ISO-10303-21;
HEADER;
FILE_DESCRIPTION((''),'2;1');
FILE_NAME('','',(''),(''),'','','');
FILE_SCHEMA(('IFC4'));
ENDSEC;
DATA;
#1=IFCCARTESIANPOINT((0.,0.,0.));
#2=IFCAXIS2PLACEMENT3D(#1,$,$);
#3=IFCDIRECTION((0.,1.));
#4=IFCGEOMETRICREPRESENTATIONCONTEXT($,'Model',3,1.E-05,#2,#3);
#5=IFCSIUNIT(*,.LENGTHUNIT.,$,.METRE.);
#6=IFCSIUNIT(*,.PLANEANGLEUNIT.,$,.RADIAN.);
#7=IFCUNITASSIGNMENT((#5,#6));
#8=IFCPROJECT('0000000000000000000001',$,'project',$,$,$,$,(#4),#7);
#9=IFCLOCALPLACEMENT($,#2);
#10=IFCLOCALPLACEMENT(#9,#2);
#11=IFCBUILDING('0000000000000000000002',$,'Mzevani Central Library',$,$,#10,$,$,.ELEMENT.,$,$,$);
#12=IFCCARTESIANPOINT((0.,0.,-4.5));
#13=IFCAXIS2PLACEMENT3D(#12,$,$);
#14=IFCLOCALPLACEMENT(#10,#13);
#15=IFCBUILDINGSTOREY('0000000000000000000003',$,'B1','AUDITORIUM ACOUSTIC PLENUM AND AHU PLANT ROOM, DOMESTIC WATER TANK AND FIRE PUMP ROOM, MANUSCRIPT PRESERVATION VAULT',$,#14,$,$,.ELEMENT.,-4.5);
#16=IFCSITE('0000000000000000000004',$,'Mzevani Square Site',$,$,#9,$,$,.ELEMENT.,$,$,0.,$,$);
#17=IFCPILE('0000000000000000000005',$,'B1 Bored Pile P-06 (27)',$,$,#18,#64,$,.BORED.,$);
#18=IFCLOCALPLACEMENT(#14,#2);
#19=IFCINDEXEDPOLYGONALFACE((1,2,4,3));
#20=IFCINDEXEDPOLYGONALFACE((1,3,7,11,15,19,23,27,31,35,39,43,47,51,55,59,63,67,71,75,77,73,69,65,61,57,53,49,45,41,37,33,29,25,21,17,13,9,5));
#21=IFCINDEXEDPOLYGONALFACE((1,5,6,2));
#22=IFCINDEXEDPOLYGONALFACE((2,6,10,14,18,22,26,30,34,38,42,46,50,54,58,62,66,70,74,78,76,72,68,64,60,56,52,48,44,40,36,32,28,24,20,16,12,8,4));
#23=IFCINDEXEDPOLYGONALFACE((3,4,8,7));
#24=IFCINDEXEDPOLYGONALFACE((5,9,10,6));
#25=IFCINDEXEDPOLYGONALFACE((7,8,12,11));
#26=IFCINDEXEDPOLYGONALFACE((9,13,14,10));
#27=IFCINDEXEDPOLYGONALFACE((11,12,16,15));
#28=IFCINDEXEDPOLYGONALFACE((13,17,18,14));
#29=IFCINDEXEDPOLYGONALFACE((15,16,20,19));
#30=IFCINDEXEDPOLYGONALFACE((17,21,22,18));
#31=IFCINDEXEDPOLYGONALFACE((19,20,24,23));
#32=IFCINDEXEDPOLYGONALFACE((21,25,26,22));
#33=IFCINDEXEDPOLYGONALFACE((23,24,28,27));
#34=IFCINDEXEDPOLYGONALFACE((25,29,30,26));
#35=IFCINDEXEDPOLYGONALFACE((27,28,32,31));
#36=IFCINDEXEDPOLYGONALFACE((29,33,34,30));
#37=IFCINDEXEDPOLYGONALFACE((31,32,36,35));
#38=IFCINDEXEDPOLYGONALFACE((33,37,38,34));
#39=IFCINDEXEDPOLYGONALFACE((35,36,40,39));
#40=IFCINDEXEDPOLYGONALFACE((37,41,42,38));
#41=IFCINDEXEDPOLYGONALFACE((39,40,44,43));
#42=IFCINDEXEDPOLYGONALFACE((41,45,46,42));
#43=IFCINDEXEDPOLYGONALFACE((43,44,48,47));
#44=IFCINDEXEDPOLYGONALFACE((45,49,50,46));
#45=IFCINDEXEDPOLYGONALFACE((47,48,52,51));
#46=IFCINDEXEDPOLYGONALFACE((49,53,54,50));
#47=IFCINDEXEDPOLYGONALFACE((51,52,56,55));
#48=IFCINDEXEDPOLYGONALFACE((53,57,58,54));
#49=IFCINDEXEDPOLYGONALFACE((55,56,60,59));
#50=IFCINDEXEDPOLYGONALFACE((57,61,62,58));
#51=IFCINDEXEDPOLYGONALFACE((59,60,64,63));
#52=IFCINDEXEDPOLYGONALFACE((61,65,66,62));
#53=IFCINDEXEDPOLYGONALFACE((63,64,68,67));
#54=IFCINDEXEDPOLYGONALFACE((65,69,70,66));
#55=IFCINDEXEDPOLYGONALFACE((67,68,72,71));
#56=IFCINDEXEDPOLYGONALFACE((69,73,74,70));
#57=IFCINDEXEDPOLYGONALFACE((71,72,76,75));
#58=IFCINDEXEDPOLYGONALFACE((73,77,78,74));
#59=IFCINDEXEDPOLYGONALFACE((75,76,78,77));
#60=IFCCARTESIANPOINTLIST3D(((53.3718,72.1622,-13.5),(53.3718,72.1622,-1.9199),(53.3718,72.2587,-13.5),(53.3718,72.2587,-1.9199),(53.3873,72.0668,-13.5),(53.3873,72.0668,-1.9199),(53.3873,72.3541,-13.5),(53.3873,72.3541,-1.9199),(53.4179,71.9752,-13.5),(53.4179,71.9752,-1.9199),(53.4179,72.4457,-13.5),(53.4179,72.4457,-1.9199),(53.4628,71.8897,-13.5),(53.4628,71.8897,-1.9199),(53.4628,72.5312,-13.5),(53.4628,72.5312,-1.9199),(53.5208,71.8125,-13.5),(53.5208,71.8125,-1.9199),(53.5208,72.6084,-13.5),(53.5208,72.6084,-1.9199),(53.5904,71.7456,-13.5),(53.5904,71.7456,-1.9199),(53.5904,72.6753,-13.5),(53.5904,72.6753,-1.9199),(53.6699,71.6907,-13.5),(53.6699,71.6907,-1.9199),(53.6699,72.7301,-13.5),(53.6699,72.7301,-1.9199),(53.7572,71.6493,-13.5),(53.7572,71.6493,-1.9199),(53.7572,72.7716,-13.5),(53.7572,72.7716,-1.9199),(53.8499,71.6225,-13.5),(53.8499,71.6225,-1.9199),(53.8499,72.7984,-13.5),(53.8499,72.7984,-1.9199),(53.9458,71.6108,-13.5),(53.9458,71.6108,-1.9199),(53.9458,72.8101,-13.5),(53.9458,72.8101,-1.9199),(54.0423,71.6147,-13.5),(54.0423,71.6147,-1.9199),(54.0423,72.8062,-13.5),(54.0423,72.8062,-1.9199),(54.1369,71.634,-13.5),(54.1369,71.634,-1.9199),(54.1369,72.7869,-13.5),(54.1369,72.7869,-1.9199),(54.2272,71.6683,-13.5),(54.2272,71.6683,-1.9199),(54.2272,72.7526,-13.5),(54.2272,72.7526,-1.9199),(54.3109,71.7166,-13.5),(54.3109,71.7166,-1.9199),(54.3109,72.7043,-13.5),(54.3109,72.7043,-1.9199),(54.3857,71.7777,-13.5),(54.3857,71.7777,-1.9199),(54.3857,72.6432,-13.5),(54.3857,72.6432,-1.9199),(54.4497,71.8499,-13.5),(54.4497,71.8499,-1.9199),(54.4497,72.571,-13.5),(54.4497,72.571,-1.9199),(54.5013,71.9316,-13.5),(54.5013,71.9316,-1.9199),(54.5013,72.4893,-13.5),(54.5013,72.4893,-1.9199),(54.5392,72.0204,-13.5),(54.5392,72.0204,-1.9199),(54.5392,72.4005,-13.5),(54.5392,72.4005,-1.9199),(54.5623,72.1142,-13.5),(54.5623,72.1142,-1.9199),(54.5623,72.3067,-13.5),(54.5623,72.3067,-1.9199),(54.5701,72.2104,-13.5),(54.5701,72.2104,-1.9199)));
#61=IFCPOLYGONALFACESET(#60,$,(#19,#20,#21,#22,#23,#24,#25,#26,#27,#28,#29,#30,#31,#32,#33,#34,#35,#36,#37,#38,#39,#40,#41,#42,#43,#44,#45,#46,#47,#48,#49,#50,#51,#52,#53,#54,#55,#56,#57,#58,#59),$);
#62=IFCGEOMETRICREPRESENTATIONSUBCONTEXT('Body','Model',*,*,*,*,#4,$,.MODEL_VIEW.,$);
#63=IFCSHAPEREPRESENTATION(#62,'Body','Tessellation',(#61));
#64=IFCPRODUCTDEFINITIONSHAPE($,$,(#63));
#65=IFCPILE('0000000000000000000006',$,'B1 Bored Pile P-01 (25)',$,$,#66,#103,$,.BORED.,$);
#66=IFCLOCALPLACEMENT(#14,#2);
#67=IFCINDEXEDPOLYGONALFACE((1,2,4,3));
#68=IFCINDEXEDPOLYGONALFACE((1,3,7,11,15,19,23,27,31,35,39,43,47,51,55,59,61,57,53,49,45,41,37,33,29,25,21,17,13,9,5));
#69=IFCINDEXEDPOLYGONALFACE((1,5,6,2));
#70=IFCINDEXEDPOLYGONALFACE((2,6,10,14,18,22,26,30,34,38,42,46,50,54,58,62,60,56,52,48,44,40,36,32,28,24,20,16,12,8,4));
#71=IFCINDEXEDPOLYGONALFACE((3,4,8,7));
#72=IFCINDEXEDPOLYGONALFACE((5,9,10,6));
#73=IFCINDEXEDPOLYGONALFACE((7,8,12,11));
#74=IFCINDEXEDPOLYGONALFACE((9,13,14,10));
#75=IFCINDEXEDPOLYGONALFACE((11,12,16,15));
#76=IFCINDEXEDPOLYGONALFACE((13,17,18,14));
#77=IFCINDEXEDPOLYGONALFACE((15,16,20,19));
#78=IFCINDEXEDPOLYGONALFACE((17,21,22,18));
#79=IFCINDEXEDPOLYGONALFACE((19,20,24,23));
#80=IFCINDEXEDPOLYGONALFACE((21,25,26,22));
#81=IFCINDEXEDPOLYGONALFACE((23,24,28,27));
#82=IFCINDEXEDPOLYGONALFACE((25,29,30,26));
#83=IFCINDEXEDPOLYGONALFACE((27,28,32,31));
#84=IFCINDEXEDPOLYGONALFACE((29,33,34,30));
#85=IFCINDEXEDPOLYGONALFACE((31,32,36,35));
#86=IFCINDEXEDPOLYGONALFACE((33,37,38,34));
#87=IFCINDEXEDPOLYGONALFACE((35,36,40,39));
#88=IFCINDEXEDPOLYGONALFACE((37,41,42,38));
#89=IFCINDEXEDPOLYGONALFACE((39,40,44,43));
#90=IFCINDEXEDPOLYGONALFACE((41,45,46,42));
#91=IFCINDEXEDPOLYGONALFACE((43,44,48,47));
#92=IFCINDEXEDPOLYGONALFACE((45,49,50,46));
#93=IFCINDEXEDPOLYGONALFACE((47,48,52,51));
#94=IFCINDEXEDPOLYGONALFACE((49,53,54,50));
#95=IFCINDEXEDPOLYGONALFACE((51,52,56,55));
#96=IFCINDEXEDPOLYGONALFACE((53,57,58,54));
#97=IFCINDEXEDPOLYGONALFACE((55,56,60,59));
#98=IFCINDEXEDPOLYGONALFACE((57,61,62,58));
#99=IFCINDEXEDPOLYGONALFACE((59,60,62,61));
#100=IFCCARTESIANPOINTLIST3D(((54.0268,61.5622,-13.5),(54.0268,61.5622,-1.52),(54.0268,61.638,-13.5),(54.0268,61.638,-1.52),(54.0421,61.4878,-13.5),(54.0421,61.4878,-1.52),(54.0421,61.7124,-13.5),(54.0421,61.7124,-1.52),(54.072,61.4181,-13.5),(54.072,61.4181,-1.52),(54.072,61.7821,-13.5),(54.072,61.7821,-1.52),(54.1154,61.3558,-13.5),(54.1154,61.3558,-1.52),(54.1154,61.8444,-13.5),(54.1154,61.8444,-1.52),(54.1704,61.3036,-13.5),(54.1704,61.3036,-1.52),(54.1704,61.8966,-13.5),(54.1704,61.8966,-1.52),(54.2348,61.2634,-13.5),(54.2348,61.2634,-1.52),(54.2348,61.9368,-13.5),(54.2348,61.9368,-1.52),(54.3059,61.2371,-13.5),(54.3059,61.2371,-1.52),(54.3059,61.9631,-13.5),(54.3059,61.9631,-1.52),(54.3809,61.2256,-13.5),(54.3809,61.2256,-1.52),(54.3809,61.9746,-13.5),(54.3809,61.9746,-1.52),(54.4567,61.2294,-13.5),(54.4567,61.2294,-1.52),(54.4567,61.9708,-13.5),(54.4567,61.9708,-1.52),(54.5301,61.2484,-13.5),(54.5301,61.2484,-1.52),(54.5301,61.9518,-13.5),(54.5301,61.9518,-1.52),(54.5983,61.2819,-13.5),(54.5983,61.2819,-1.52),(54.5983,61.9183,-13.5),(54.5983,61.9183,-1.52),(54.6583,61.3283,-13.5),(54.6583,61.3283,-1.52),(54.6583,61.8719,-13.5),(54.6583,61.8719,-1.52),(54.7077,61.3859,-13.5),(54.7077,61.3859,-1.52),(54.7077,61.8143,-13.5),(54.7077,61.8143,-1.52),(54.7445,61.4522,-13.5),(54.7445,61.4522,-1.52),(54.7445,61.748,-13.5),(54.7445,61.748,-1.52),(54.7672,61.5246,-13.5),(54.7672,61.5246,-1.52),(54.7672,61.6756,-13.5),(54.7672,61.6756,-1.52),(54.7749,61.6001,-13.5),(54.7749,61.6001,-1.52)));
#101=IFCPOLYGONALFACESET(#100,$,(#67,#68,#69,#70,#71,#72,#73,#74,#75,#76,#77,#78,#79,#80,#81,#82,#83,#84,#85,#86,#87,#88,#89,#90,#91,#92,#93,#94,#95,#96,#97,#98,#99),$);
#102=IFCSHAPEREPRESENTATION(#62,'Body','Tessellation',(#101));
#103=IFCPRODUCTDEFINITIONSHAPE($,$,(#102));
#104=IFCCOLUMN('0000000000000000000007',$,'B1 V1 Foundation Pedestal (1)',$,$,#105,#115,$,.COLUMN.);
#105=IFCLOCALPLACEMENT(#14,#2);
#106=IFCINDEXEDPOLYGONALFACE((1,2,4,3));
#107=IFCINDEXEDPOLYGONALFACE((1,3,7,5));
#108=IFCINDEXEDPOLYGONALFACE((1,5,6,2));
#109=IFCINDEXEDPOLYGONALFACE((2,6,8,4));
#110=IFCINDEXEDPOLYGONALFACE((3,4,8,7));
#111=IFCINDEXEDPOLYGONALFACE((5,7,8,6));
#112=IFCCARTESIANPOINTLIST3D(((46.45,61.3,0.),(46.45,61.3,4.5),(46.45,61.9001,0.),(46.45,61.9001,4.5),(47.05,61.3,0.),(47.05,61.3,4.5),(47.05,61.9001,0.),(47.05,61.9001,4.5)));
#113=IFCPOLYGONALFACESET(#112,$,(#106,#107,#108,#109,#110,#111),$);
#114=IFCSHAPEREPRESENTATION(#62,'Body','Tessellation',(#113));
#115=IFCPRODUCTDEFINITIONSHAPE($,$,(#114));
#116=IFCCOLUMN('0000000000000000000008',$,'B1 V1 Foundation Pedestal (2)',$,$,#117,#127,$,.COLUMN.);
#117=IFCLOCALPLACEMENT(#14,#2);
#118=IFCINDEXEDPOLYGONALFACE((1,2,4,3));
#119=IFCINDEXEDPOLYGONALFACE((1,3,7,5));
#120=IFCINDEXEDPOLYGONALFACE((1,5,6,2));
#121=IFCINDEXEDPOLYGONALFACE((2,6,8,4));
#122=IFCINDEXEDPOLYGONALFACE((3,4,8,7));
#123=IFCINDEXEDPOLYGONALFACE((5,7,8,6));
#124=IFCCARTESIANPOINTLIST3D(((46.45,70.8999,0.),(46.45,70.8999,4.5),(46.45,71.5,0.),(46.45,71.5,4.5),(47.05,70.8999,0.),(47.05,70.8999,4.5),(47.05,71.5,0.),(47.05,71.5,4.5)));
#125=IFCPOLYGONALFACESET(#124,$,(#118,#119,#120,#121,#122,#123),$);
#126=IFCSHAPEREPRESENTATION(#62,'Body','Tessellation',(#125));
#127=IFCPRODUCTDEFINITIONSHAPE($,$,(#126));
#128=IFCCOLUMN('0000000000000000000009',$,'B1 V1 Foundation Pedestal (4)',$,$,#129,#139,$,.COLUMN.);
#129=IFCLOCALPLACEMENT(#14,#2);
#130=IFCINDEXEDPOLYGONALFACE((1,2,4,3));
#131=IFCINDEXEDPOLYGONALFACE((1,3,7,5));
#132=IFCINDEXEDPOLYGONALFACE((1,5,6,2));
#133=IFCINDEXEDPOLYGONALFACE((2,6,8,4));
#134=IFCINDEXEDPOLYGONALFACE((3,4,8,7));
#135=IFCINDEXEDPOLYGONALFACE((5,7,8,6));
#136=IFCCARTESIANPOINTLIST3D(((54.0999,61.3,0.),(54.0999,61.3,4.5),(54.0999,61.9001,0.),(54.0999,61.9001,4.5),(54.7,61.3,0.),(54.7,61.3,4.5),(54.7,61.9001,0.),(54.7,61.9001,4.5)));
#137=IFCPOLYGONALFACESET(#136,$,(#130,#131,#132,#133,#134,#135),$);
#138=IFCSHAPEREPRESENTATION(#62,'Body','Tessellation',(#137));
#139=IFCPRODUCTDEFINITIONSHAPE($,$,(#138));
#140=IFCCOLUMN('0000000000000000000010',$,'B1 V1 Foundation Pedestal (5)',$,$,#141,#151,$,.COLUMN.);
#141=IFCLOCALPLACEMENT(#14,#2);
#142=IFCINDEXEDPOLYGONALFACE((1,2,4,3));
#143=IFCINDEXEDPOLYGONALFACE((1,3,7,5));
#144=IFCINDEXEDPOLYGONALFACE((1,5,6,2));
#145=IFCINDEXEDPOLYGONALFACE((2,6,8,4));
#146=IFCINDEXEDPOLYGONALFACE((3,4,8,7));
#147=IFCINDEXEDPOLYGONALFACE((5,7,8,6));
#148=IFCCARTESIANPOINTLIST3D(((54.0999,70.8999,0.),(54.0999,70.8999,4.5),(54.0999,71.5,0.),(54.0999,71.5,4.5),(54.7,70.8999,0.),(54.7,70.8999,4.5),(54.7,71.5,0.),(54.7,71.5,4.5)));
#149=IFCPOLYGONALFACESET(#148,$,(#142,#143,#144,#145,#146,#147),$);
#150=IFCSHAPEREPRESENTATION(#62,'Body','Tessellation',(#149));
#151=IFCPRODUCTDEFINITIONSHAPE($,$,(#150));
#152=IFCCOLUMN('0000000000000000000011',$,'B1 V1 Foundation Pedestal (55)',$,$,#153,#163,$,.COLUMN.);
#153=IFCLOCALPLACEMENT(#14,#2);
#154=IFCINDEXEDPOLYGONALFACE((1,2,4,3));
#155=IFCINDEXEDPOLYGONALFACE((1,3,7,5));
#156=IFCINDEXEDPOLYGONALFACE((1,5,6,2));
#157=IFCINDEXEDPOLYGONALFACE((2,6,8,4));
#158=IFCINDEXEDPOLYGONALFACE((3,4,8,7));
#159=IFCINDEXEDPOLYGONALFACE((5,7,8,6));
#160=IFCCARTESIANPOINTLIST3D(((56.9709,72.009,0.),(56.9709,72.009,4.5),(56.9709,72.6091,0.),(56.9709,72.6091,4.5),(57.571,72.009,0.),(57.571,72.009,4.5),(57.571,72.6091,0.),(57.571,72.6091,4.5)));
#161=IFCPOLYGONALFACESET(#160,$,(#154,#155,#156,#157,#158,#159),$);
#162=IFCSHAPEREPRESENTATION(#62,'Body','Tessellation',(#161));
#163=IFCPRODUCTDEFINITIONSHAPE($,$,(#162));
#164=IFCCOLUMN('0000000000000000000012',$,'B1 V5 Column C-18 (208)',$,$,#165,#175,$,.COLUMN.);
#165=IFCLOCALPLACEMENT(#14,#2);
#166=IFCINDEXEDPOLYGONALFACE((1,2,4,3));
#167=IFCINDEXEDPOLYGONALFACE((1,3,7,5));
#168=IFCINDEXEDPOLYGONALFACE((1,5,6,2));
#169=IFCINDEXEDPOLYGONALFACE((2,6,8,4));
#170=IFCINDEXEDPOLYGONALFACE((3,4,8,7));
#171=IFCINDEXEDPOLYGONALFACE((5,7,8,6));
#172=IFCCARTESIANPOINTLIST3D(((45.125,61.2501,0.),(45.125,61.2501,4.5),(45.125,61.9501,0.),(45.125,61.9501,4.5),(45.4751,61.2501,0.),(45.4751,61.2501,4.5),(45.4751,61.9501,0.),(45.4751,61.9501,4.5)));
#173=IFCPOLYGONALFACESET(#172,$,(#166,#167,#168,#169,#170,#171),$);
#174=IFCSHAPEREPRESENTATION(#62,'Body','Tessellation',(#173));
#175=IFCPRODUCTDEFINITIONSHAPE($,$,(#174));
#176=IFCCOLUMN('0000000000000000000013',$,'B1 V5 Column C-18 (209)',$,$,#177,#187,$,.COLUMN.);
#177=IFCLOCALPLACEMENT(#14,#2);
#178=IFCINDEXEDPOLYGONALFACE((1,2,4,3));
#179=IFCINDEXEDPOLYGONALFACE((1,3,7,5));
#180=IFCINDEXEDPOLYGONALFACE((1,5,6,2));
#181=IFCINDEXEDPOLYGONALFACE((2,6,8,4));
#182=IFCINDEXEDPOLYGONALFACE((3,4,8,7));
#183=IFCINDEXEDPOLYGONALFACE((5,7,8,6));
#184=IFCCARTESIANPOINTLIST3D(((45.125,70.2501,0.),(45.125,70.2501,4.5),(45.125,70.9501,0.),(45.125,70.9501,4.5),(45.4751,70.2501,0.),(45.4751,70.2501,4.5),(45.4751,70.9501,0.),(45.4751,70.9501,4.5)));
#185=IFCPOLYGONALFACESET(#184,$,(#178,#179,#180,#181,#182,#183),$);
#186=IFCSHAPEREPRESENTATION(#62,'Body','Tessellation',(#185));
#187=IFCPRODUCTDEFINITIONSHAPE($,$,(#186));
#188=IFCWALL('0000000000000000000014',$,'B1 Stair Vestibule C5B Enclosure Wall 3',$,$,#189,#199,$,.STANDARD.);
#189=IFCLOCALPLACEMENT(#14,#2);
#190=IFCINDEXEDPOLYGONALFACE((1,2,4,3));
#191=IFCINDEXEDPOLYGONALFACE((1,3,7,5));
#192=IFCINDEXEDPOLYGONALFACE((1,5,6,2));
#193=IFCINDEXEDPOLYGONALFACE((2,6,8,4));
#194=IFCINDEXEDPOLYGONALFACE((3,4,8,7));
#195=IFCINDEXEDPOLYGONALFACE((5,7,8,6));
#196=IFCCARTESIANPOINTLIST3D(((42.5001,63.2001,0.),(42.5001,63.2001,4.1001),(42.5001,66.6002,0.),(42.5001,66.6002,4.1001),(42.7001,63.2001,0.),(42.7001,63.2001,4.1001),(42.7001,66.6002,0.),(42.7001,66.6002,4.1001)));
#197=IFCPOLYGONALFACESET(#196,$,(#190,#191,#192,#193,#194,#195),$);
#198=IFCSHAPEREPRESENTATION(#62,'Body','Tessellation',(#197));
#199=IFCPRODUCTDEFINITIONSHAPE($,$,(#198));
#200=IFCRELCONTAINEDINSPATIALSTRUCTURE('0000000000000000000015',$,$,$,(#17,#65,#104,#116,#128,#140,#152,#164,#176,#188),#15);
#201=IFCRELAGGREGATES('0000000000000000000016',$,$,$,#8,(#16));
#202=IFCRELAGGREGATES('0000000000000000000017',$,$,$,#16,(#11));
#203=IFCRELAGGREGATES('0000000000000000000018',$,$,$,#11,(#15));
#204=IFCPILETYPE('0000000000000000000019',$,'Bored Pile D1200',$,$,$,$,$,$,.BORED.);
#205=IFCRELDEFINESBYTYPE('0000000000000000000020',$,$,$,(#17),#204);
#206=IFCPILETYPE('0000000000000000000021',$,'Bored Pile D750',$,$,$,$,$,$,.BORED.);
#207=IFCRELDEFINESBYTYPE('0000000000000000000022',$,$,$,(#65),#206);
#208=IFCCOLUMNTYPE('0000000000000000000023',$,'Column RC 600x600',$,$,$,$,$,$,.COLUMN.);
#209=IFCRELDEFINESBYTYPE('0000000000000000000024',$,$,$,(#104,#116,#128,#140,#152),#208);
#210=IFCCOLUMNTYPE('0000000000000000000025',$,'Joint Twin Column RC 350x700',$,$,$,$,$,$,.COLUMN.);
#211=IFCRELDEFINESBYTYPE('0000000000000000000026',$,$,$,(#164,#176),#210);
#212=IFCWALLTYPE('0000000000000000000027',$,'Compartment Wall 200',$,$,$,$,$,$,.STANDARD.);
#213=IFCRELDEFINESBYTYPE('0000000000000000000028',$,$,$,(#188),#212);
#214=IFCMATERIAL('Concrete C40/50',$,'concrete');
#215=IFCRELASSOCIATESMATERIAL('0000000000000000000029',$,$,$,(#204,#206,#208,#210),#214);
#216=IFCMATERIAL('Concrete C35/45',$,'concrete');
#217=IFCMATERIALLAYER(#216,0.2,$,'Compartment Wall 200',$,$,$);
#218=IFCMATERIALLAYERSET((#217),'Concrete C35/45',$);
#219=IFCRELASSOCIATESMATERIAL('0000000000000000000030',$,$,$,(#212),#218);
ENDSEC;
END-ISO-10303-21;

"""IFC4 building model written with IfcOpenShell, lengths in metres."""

from ifc_helpers import new_model, si_unit, direction, frame, frame_2d, origin, origin_2d, place, context, subcontext, project, spatial, rectangle, circle, extrude, material, layer, layer_set, material_profile, profile_set, type_object, element, save


model = new_model("IFC4")

# Units and contexts
model_context = context("Model", 3, precision=1e-05, world=origin(), true_north=direction((0.0, 1.0)))
body_context = subcontext(model_context, "Body", "Model", "MODEL_VIEW")
ifc_project = project(units=[si_unit("LENGTHUNIT", "METRE"), si_unit("PLANEANGLEUNIT", "RADIAN")], contexts=[model_context])

# Site, building, storey
site_placement = place(None, origin())
site = spatial("IfcSite", under=ifc_project, at=site_placement, Name="Mzevani Square Site", CompositionType="ELEMENT", RefElevation=0.0)
building_placement = place(site_placement, origin())
building = spatial("IfcBuilding", under=site, at=building_placement, Name="Mzevani Central Library", CompositionType="ELEMENT")
storey_placement = place(building_placement, frame((0.0, 0.0, -4.5)))
storey = spatial("IfcBuildingStorey", under=building, at=storey_placement, Name="B1", Description="AUDITORIUM ACOUSTIC PLENUM AND AHU PLANT ROOM, DOMESTIC WATER TANK AND FIRE PUMP ROOM, MANUSCRIPT PRESERVATION VAULT", CompositionType="ELEMENT", Elevation=-4.5)

# Piles
ifc_material_1 = material(Name="Concrete C40/50", Category="concrete")
ifc_material_profile_1 = material_profile(ifc_material_1, circle(Radius=0.6001, at=origin_2d()), Name="PILE D1200")
ifc_profile_set_1 = profile_set([ifc_material_profile_1], Name="Concrete C40/50")
pile_type_1 = type_object("IfcPileType", Name="Bored Pile D1200", PredefinedType="BORED", material=ifc_profile_set_1)
for number, where, z_axis, x_axis, name in (
    (1, (53.97, 72.2104, -1.9199), (0.0, 0.0, -1.0), (1.0, 0.0, 0.0), "B1 Bored Pile P-06 (27)"),
):
    element("IfcPile", number, at=place(storey_placement, frame(where, z_axis=z_axis, x_axis=x_axis)), inside=storey, type_object=pile_type_1, Name=name, PredefinedType="BORED", context=body_context, shape_type="SweptSolid", body=[
        extrude(circle(Radius=0.6001, at=origin_2d()), origin(), (0.0, 0.0, 1.0), 11.5801),
    ])
ifc_material_profile_2 = material_profile(ifc_material_1, circle(Radius=0.375, at=origin_2d()), Name="PILE D750")
ifc_profile_set_2 = profile_set([ifc_material_profile_2], Name="Concrete C40/50")
pile_type_2 = type_object("IfcPileType", Name="Bored Pile D750", PredefinedType="BORED", material=ifc_profile_set_2)
pile_placement = place(storey_placement, frame((54.3999, 61.6001, -1.52), z_axis=(0.0, 0.0, -1.0), x_axis=(1.0, 0.0, 0.0)))
element("IfcPile", 2, at=pile_placement, inside=storey, type_object=pile_type_2, Name="B1 Bored Pile P-01 (25)", PredefinedType="BORED", context=body_context, shape_type="SweptSolid", body=[
    extrude(circle(Radius=0.375, at=origin_2d()), origin(), (0.0, 0.0, 1.0), 11.98),
])

# Columns
ifc_material_profile_3 = material_profile(ifc_material_1, rectangle(XDim=0.6001, YDim=0.6001, at=origin_2d()), Name="RC 600x600")
ifc_profile_set_3 = profile_set([ifc_material_profile_3], Name="Concrete C40/50")
column_type_1 = type_object("IfcColumnType", Name="Column RC 600x600", PredefinedType="COLUMN", material=ifc_profile_set_3)
for number, where, z_axis, x_axis, name in (
    (3, (46.75, 61.6001, 0.0), (0.0, 0.0, 1.0), (1.0, 0.0, 0.0), "B1 V1 Foundation Pedestal (1)"),
    (4, (46.75, 71.2, 0.0), (0.0, 0.0, 1.0), (1.0, 0.0, 0.0), "B1 V1 Foundation Pedestal (2)"),
    (5, (54.3999, 61.6001, 0.0), (0.0, 0.0, 1.0), (1.0, 0.0, 0.0), "B1 V1 Foundation Pedestal (4)"),
    (6, (54.3999, 71.2, 0.0), (0.0, 0.0, 1.0), (1.0, 0.0, 0.0), "B1 V1 Foundation Pedestal (5)"),
    (7, (57.271, 72.3091, 0.0), (0.0, 0.0, 1.0), (1.0, 0.0, 0.0), "B1 V1 Foundation Pedestal (55)"),
):
    element("IfcColumn", number, at=place(storey_placement, frame(where, z_axis=z_axis, x_axis=x_axis)), inside=storey, type_object=column_type_1, Name=name, PredefinedType="COLUMN", context=body_context, shape_type="SweptSolid", body=[
        extrude(rectangle(XDim=0.6001, YDim=0.6001, at=origin_2d()), origin(), (0.0, 0.0, 1.0), 4.5),
    ])
ifc_material_profile_4 = material_profile(ifc_material_1, rectangle(XDim=0.3501, YDim=0.7, at=origin_2d()), Name="RC 350x700")
ifc_profile_set_4 = profile_set([ifc_material_profile_4], Name="Concrete C40/50")
column_type_2 = type_object("IfcColumnType", Name="Joint Twin Column RC 350x700", PredefinedType="COLUMN", material=ifc_profile_set_4)
for number, where, z_axis, x_axis, name in (
    (8, (45.3, 61.6001, 0.0), (0.0, 0.0, 1.0), (1.0, 0.0, 0.0), "B1 V5 Column C-18 (208)"),
    (9, (45.3, 70.6001, 0.0), (0.0, 0.0, 1.0), (1.0, 0.0, 0.0), "B1 V5 Column C-18 (209)"),
):
    element("IfcColumn", number, at=place(storey_placement, frame(where, z_axis=z_axis, x_axis=x_axis)), inside=storey, type_object=column_type_2, Name=name, PredefinedType="COLUMN", context=body_context, shape_type="SweptSolid", body=[
        extrude(rectangle(XDim=0.3501, YDim=0.7, at=origin_2d()), origin(), (0.0, 0.0, 1.0), 4.5),
    ])

# Wall
ifc_material_2 = material(Name="Concrete C35/45", Category="concrete")
ifc_layer_1 = layer(ifc_material_2, 0.2, Name="Compartment Wall 200")
ifc_layer_set_1 = layer_set([ifc_layer_1], Name="Concrete C35/45")
wall_type_1 = type_object("IfcWallType", Name="Compartment Wall 200", PredefinedType="STANDARD", material=ifc_layer_set_1)
wall_1_placement = place(storey_placement, frame((42.6001, 63.2, 0.0), z_axis=(0.0, 0.0, 1.0), x_axis=(0.0, 1.0, 0.0)))
element("IfcWall", 10, at=wall_1_placement, inside=storey, type_object=wall_type_1, Name="B1 Stair Vestibule C5B Enclosure Wall 3", PredefinedType="STANDARD", context=body_context, shape_type="SweptSolid", body=[
    extrude(rectangle(XDim=3.4001, YDim=0.2, at=frame_2d((1.7002, 0.0))), origin(), (0.0, 0.0, 1.0), 4.1001),
])

save(model, "model.ifc")
